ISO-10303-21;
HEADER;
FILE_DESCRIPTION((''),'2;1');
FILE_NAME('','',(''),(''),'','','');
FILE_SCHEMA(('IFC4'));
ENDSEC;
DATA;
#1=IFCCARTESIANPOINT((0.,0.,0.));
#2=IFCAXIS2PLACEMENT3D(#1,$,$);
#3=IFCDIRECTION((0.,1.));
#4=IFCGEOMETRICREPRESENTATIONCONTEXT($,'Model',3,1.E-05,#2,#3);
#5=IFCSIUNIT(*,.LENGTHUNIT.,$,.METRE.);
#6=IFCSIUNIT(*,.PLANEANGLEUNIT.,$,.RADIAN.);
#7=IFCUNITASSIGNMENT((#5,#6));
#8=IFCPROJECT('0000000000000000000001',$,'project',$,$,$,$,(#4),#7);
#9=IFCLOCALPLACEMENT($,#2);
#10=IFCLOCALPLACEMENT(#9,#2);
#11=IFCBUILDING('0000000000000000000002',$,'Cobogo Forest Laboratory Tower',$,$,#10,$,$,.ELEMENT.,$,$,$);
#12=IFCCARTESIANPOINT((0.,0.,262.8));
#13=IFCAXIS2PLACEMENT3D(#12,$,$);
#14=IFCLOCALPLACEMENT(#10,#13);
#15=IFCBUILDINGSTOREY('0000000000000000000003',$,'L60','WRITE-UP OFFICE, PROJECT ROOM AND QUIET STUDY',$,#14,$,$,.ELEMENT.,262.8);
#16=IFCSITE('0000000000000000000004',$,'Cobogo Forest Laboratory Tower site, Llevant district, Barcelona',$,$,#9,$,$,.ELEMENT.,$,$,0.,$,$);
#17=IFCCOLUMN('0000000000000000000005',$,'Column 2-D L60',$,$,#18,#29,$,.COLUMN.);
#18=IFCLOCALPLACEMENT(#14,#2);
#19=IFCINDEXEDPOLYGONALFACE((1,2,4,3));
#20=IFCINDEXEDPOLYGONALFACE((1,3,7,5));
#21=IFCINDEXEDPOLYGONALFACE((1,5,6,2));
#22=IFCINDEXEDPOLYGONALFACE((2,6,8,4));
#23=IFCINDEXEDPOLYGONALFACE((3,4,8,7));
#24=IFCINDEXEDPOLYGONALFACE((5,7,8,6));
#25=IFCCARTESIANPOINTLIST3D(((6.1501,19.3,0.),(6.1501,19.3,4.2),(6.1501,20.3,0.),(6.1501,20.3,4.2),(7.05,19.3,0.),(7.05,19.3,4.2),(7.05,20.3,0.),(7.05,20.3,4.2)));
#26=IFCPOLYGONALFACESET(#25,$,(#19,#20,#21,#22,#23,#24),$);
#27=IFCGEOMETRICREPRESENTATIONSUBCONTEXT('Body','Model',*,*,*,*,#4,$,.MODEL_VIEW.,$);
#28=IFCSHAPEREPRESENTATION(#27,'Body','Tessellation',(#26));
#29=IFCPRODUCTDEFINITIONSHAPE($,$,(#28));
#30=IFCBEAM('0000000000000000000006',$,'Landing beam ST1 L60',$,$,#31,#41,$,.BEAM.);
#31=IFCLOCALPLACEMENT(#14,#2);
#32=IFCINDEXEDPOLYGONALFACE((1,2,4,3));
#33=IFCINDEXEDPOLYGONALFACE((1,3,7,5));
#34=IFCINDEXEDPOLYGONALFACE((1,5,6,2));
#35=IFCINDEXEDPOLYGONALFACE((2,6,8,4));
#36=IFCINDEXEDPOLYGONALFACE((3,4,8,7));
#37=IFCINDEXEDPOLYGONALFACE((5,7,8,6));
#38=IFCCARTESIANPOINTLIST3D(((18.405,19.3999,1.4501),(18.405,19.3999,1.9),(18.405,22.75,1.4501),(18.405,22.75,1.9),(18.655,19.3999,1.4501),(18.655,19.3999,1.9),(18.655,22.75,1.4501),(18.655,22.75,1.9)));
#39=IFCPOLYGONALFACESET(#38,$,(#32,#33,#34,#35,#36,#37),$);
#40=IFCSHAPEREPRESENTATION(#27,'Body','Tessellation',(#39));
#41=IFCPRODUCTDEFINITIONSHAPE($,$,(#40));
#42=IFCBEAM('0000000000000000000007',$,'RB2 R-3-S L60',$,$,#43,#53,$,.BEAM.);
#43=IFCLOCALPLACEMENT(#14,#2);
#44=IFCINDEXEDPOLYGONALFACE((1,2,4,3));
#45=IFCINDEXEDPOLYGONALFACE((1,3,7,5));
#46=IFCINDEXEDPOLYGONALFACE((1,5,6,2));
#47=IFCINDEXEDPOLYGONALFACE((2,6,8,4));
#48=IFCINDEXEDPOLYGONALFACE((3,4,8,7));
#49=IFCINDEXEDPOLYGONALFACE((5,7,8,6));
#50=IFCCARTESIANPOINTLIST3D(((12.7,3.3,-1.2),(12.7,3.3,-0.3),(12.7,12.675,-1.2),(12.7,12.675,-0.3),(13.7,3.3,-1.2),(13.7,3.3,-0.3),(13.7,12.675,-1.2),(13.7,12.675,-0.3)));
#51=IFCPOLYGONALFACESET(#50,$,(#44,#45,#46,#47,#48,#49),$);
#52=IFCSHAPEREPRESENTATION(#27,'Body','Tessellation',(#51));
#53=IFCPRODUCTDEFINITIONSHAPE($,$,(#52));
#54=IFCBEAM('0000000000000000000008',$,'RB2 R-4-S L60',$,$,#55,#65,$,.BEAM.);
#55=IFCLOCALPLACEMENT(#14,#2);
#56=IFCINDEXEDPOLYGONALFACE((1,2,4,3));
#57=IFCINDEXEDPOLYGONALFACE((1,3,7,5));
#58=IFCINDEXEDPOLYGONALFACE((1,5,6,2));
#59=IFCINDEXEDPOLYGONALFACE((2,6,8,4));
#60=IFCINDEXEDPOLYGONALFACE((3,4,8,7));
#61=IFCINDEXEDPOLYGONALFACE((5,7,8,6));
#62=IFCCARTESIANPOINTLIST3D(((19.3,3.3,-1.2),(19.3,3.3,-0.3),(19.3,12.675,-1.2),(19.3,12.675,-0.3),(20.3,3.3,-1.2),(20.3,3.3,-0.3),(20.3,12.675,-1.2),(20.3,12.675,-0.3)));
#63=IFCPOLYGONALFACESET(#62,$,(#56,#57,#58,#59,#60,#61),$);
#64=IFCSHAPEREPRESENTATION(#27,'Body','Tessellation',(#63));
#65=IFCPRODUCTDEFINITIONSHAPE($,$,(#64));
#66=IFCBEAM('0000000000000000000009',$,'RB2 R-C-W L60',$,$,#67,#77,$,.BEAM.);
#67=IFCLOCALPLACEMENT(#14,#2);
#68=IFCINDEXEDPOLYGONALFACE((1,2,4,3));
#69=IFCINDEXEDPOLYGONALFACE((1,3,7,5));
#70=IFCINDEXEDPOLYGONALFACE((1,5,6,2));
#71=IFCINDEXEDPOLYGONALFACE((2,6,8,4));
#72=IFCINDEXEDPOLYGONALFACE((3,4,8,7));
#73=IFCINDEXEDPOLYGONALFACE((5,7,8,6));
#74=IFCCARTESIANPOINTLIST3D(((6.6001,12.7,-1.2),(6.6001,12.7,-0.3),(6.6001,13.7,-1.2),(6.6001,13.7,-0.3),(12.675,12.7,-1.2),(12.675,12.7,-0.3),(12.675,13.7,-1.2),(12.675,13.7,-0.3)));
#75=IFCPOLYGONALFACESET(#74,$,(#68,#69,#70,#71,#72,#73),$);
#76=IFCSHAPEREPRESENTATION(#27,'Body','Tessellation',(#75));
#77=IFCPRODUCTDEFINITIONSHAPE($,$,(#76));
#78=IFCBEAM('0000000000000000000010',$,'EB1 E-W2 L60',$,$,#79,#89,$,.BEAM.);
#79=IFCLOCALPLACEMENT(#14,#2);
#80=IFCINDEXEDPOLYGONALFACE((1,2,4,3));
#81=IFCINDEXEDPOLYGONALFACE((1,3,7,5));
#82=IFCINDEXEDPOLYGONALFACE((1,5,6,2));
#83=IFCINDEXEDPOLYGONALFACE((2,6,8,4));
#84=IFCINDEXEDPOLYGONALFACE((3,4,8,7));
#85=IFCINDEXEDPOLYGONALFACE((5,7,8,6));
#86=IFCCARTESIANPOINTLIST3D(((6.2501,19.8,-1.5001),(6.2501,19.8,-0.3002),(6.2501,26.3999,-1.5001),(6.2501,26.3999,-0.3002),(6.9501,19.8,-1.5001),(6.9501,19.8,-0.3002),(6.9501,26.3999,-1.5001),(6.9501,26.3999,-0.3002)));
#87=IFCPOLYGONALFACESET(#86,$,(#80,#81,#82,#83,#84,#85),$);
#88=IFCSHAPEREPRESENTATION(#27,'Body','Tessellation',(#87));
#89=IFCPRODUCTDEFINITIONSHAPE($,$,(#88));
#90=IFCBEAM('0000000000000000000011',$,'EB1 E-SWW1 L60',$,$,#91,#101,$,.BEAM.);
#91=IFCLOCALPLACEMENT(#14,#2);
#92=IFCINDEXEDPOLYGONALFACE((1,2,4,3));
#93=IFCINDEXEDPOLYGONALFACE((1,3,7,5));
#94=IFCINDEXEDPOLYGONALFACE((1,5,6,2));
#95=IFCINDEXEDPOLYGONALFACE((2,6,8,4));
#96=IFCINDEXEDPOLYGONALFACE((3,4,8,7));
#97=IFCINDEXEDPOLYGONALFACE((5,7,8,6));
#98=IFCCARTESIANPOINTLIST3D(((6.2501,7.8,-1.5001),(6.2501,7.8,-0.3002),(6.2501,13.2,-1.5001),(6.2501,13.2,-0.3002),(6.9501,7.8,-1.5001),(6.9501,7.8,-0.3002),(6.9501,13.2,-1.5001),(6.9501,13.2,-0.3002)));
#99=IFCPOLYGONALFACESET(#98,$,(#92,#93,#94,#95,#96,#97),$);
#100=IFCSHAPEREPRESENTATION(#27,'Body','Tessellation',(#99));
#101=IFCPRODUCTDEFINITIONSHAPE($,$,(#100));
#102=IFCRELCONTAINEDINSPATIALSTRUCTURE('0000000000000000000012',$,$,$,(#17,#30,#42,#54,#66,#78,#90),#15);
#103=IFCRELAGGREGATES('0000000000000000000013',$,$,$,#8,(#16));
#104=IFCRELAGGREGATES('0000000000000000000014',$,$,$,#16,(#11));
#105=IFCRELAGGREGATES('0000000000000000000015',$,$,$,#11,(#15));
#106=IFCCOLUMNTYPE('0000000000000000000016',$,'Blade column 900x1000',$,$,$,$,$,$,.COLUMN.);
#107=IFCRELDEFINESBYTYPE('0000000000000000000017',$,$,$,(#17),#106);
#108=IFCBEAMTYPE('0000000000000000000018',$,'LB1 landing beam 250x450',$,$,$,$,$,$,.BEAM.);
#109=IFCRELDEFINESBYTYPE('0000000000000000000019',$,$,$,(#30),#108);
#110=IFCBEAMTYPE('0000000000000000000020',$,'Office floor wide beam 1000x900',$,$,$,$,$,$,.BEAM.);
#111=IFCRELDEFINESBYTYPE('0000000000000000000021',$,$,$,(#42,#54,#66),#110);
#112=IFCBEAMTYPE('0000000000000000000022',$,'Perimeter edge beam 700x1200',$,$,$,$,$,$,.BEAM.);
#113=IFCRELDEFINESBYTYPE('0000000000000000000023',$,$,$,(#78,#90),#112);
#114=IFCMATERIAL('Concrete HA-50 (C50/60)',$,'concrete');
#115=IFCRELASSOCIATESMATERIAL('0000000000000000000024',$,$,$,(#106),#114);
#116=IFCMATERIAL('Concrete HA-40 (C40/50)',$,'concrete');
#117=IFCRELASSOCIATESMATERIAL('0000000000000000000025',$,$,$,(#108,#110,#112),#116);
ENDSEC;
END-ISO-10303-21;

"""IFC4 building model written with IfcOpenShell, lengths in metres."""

from ifc_helpers import new_model, si_unit, direction, frame, origin, origin_2d, place, context, subcontext, project, spatial, rectangle, extrude, material, material_profile, profile_set, type_object, element, save


model = new_model("IFC4")

# Units and contexts
model_context = context("Model", 3, precision=1e-05, world=origin(), true_north=direction((0.0, 1.0)))
body_context = subcontext(model_context, "Body", "Model", "MODEL_VIEW")
ifc_project = project(units=[si_unit("LENGTHUNIT", "METRE"), si_unit("PLANEANGLEUNIT", "RADIAN")], contexts=[model_context])

# Site, building, storey
site_placement = place(None, origin())
site = spatial("IfcSite", under=ifc_project, at=site_placement, Name="Cobogo Forest Laboratory Tower site, Llevant district, Barcelona", CompositionType="ELEMENT", RefElevation=0.0)
building_placement = place(site_placement, origin())
building = spatial("IfcBuilding", under=site, at=building_placement, Name="Cobogo Forest Laboratory Tower", CompositionType="ELEMENT")
storey_placement = place(building_placement, frame((0.0, 0.0, 262.8)))
storey = spatial("IfcBuildingStorey", under=building, at=storey_placement, Name="L60", Description="WRITE-UP OFFICE, PROJECT ROOM AND QUIET STUDY", CompositionType="ELEMENT", Elevation=262.8)

# Column
ifc_material_1 = material(Name="Concrete HA-50 (C50/60)", Category="concrete")
ifc_material_profile_1 = material_profile(ifc_material_1, rectangle(XDim=1.0, YDim=0.8999, at=origin_2d()), Name="RC 900x1000")
ifc_profile_set_1 = profile_set([ifc_material_profile_1], Name="Concrete HA-50 (C50/60)")
column_type = type_object("IfcColumnType", Name="Blade column 900x1000", PredefinedType="COLUMN", material=ifc_profile_set_1)
column_placement = place(storey_placement, frame((6.6001, 19.8, 0.0), z_axis=(0.0, 0.0, 1.0), x_axis=(0.0, 1.0, 0.0)))
element("IfcColumn", 1, at=column_placement, inside=storey, type_object=column_type, Name="Column 2-D L60", PredefinedType="COLUMN", context=body_context, shape_type="SweptSolid", body=[
    extrude(rectangle(XDim=1.0, YDim=0.8999, at=origin_2d()), origin(), (0.0, 0.0, 1.0), 4.2),
])

# Beams
ifc_material_2 = material(Name="Concrete HA-40 (C40/50)", Category="concrete")
ifc_material_profile_2 = material_profile(ifc_material_2, rectangle(XDim=0.25, YDim=0.45, at=origin_2d()), Name="RC 250x450")
ifc_profile_set_2 = profile_set([ifc_material_profile_2], Name="Concrete HA-40 (C40/50)")
beam_type_1 = type_object("IfcBeamType", Name="LB1 landing beam 250x450", PredefinedType="BEAM", material=ifc_profile_set_2)
beam_1_placement = place(storey_placement, frame((18.53, 19.3999, 1.675), z_axis=(0.0, 1.0, 0.0), x_axis=(-1.0, 0.0, 0.0)))
element("IfcBeam", 2, at=beam_1_placement, inside=storey, type_object=beam_type_1, Name="Landing beam ST1 L60", PredefinedType="BEAM", context=body_context, shape_type="SweptSolid", body=[
    extrude(rectangle(XDim=0.25, YDim=0.45, at=origin_2d()), origin(), (0.0, 0.0, 1.0), 3.3501),
])
ifc_material_profile_3 = material_profile(ifc_material_2, rectangle(XDim=1.0, YDim=0.8999, at=origin_2d()), Name="RC 1000x900")
ifc_profile_set_3 = profile_set([ifc_material_profile_3], Name="Concrete HA-40 (C40/50)")
beam_type_2 = type_object("IfcBeamType", Name="Office floor wide beam 1000x900", PredefinedType="BEAM", material=ifc_profile_set_3)
for number, where, z_axis, x_axis, name in (
    (3, (13.2, 12.675, -0.75), (0.0, -1.0, 0.0), (1.0, 0.0, 0.0), "RB2 R-3-S L60"),
    (4, (19.8, 12.675, -0.75), (0.0, -1.0, 0.0), (1.0, 0.0, 0.0), "RB2 R-4-S L60"),
):
    element("IfcBeam", number, at=place(storey_placement, frame(where, z_axis=z_axis, x_axis=x_axis)), inside=storey, type_object=beam_type_2, Name=name, PredefinedType="BEAM", context=body_context, shape_type="SweptSolid", body=[
        extrude(rectangle(XDim=1.0, YDim=0.8999, at=origin_2d()), origin(), (0.0, 0.0, 1.0), 9.375),
    ])
beam_2_placement = place(storey_placement, frame((12.675, 13.2, -0.75), z_axis=(-1.0, 0.0, 0.0), x_axis=(0.0, -1.0, 0.0)))
element("IfcBeam", 5, at=beam_2_placement, inside=storey, type_object=beam_type_2, Name="RB2 R-C-W L60", PredefinedType="BEAM", context=body_context, shape_type="SweptSolid", body=[
    extrude(rectangle(XDim=1.0, YDim=0.8999, at=origin_2d()), origin(), (0.0, 0.0, 1.0), 6.075),
])
ifc_material_profile_4 = material_profile(ifc_material_2, rectangle(XDim=0.7, YDim=1.2, at=origin_2d()), Name="RC 700x1200")
ifc_profile_set_4 = profile_set([ifc_material_profile_4], Name="Concrete HA-40 (C40/50)")
beam_type_3 = type_object("IfcBeamType", Name="Perimeter edge beam 700x1200", PredefinedType="BEAM", material=ifc_profile_set_4)
beam_3_placement = place(storey_placement, frame((6.6001, 19.8, -0.9001), z_axis=(0.0, 1.0, 0.0), x_axis=(-1.0, 0.0, 0.0)))
element("IfcBeam", 6, at=beam_3_placement, inside=storey, type_object=beam_type_3, Name="EB1 E-W2 L60", PredefinedType="BEAM", context=body_context, shape_type="SweptSolid", body=[
    extrude(rectangle(XDim=0.7, YDim=1.2, at=origin_2d()), origin(), (0.0, 0.0, 1.0), 6.5999),
])
beam_4_placement = place(storey_placement, frame((6.6001, 13.2, -0.9001), z_axis=(0.0, -1.0, 0.0), x_axis=(1.0, 0.0, 0.0)))
element("IfcBeam", 7, at=beam_4_placement, inside=storey, type_object=beam_type_3, Name="EB1 E-SWW1 L60", PredefinedType="BEAM", context=body_context, shape_type="SweptSolid", body=[
    extrude(rectangle(XDim=0.7, YDim=1.2, at=origin_2d()), origin(), (0.0, 0.0, 1.0), 5.3999),
])

save(model, "model.ifc")
